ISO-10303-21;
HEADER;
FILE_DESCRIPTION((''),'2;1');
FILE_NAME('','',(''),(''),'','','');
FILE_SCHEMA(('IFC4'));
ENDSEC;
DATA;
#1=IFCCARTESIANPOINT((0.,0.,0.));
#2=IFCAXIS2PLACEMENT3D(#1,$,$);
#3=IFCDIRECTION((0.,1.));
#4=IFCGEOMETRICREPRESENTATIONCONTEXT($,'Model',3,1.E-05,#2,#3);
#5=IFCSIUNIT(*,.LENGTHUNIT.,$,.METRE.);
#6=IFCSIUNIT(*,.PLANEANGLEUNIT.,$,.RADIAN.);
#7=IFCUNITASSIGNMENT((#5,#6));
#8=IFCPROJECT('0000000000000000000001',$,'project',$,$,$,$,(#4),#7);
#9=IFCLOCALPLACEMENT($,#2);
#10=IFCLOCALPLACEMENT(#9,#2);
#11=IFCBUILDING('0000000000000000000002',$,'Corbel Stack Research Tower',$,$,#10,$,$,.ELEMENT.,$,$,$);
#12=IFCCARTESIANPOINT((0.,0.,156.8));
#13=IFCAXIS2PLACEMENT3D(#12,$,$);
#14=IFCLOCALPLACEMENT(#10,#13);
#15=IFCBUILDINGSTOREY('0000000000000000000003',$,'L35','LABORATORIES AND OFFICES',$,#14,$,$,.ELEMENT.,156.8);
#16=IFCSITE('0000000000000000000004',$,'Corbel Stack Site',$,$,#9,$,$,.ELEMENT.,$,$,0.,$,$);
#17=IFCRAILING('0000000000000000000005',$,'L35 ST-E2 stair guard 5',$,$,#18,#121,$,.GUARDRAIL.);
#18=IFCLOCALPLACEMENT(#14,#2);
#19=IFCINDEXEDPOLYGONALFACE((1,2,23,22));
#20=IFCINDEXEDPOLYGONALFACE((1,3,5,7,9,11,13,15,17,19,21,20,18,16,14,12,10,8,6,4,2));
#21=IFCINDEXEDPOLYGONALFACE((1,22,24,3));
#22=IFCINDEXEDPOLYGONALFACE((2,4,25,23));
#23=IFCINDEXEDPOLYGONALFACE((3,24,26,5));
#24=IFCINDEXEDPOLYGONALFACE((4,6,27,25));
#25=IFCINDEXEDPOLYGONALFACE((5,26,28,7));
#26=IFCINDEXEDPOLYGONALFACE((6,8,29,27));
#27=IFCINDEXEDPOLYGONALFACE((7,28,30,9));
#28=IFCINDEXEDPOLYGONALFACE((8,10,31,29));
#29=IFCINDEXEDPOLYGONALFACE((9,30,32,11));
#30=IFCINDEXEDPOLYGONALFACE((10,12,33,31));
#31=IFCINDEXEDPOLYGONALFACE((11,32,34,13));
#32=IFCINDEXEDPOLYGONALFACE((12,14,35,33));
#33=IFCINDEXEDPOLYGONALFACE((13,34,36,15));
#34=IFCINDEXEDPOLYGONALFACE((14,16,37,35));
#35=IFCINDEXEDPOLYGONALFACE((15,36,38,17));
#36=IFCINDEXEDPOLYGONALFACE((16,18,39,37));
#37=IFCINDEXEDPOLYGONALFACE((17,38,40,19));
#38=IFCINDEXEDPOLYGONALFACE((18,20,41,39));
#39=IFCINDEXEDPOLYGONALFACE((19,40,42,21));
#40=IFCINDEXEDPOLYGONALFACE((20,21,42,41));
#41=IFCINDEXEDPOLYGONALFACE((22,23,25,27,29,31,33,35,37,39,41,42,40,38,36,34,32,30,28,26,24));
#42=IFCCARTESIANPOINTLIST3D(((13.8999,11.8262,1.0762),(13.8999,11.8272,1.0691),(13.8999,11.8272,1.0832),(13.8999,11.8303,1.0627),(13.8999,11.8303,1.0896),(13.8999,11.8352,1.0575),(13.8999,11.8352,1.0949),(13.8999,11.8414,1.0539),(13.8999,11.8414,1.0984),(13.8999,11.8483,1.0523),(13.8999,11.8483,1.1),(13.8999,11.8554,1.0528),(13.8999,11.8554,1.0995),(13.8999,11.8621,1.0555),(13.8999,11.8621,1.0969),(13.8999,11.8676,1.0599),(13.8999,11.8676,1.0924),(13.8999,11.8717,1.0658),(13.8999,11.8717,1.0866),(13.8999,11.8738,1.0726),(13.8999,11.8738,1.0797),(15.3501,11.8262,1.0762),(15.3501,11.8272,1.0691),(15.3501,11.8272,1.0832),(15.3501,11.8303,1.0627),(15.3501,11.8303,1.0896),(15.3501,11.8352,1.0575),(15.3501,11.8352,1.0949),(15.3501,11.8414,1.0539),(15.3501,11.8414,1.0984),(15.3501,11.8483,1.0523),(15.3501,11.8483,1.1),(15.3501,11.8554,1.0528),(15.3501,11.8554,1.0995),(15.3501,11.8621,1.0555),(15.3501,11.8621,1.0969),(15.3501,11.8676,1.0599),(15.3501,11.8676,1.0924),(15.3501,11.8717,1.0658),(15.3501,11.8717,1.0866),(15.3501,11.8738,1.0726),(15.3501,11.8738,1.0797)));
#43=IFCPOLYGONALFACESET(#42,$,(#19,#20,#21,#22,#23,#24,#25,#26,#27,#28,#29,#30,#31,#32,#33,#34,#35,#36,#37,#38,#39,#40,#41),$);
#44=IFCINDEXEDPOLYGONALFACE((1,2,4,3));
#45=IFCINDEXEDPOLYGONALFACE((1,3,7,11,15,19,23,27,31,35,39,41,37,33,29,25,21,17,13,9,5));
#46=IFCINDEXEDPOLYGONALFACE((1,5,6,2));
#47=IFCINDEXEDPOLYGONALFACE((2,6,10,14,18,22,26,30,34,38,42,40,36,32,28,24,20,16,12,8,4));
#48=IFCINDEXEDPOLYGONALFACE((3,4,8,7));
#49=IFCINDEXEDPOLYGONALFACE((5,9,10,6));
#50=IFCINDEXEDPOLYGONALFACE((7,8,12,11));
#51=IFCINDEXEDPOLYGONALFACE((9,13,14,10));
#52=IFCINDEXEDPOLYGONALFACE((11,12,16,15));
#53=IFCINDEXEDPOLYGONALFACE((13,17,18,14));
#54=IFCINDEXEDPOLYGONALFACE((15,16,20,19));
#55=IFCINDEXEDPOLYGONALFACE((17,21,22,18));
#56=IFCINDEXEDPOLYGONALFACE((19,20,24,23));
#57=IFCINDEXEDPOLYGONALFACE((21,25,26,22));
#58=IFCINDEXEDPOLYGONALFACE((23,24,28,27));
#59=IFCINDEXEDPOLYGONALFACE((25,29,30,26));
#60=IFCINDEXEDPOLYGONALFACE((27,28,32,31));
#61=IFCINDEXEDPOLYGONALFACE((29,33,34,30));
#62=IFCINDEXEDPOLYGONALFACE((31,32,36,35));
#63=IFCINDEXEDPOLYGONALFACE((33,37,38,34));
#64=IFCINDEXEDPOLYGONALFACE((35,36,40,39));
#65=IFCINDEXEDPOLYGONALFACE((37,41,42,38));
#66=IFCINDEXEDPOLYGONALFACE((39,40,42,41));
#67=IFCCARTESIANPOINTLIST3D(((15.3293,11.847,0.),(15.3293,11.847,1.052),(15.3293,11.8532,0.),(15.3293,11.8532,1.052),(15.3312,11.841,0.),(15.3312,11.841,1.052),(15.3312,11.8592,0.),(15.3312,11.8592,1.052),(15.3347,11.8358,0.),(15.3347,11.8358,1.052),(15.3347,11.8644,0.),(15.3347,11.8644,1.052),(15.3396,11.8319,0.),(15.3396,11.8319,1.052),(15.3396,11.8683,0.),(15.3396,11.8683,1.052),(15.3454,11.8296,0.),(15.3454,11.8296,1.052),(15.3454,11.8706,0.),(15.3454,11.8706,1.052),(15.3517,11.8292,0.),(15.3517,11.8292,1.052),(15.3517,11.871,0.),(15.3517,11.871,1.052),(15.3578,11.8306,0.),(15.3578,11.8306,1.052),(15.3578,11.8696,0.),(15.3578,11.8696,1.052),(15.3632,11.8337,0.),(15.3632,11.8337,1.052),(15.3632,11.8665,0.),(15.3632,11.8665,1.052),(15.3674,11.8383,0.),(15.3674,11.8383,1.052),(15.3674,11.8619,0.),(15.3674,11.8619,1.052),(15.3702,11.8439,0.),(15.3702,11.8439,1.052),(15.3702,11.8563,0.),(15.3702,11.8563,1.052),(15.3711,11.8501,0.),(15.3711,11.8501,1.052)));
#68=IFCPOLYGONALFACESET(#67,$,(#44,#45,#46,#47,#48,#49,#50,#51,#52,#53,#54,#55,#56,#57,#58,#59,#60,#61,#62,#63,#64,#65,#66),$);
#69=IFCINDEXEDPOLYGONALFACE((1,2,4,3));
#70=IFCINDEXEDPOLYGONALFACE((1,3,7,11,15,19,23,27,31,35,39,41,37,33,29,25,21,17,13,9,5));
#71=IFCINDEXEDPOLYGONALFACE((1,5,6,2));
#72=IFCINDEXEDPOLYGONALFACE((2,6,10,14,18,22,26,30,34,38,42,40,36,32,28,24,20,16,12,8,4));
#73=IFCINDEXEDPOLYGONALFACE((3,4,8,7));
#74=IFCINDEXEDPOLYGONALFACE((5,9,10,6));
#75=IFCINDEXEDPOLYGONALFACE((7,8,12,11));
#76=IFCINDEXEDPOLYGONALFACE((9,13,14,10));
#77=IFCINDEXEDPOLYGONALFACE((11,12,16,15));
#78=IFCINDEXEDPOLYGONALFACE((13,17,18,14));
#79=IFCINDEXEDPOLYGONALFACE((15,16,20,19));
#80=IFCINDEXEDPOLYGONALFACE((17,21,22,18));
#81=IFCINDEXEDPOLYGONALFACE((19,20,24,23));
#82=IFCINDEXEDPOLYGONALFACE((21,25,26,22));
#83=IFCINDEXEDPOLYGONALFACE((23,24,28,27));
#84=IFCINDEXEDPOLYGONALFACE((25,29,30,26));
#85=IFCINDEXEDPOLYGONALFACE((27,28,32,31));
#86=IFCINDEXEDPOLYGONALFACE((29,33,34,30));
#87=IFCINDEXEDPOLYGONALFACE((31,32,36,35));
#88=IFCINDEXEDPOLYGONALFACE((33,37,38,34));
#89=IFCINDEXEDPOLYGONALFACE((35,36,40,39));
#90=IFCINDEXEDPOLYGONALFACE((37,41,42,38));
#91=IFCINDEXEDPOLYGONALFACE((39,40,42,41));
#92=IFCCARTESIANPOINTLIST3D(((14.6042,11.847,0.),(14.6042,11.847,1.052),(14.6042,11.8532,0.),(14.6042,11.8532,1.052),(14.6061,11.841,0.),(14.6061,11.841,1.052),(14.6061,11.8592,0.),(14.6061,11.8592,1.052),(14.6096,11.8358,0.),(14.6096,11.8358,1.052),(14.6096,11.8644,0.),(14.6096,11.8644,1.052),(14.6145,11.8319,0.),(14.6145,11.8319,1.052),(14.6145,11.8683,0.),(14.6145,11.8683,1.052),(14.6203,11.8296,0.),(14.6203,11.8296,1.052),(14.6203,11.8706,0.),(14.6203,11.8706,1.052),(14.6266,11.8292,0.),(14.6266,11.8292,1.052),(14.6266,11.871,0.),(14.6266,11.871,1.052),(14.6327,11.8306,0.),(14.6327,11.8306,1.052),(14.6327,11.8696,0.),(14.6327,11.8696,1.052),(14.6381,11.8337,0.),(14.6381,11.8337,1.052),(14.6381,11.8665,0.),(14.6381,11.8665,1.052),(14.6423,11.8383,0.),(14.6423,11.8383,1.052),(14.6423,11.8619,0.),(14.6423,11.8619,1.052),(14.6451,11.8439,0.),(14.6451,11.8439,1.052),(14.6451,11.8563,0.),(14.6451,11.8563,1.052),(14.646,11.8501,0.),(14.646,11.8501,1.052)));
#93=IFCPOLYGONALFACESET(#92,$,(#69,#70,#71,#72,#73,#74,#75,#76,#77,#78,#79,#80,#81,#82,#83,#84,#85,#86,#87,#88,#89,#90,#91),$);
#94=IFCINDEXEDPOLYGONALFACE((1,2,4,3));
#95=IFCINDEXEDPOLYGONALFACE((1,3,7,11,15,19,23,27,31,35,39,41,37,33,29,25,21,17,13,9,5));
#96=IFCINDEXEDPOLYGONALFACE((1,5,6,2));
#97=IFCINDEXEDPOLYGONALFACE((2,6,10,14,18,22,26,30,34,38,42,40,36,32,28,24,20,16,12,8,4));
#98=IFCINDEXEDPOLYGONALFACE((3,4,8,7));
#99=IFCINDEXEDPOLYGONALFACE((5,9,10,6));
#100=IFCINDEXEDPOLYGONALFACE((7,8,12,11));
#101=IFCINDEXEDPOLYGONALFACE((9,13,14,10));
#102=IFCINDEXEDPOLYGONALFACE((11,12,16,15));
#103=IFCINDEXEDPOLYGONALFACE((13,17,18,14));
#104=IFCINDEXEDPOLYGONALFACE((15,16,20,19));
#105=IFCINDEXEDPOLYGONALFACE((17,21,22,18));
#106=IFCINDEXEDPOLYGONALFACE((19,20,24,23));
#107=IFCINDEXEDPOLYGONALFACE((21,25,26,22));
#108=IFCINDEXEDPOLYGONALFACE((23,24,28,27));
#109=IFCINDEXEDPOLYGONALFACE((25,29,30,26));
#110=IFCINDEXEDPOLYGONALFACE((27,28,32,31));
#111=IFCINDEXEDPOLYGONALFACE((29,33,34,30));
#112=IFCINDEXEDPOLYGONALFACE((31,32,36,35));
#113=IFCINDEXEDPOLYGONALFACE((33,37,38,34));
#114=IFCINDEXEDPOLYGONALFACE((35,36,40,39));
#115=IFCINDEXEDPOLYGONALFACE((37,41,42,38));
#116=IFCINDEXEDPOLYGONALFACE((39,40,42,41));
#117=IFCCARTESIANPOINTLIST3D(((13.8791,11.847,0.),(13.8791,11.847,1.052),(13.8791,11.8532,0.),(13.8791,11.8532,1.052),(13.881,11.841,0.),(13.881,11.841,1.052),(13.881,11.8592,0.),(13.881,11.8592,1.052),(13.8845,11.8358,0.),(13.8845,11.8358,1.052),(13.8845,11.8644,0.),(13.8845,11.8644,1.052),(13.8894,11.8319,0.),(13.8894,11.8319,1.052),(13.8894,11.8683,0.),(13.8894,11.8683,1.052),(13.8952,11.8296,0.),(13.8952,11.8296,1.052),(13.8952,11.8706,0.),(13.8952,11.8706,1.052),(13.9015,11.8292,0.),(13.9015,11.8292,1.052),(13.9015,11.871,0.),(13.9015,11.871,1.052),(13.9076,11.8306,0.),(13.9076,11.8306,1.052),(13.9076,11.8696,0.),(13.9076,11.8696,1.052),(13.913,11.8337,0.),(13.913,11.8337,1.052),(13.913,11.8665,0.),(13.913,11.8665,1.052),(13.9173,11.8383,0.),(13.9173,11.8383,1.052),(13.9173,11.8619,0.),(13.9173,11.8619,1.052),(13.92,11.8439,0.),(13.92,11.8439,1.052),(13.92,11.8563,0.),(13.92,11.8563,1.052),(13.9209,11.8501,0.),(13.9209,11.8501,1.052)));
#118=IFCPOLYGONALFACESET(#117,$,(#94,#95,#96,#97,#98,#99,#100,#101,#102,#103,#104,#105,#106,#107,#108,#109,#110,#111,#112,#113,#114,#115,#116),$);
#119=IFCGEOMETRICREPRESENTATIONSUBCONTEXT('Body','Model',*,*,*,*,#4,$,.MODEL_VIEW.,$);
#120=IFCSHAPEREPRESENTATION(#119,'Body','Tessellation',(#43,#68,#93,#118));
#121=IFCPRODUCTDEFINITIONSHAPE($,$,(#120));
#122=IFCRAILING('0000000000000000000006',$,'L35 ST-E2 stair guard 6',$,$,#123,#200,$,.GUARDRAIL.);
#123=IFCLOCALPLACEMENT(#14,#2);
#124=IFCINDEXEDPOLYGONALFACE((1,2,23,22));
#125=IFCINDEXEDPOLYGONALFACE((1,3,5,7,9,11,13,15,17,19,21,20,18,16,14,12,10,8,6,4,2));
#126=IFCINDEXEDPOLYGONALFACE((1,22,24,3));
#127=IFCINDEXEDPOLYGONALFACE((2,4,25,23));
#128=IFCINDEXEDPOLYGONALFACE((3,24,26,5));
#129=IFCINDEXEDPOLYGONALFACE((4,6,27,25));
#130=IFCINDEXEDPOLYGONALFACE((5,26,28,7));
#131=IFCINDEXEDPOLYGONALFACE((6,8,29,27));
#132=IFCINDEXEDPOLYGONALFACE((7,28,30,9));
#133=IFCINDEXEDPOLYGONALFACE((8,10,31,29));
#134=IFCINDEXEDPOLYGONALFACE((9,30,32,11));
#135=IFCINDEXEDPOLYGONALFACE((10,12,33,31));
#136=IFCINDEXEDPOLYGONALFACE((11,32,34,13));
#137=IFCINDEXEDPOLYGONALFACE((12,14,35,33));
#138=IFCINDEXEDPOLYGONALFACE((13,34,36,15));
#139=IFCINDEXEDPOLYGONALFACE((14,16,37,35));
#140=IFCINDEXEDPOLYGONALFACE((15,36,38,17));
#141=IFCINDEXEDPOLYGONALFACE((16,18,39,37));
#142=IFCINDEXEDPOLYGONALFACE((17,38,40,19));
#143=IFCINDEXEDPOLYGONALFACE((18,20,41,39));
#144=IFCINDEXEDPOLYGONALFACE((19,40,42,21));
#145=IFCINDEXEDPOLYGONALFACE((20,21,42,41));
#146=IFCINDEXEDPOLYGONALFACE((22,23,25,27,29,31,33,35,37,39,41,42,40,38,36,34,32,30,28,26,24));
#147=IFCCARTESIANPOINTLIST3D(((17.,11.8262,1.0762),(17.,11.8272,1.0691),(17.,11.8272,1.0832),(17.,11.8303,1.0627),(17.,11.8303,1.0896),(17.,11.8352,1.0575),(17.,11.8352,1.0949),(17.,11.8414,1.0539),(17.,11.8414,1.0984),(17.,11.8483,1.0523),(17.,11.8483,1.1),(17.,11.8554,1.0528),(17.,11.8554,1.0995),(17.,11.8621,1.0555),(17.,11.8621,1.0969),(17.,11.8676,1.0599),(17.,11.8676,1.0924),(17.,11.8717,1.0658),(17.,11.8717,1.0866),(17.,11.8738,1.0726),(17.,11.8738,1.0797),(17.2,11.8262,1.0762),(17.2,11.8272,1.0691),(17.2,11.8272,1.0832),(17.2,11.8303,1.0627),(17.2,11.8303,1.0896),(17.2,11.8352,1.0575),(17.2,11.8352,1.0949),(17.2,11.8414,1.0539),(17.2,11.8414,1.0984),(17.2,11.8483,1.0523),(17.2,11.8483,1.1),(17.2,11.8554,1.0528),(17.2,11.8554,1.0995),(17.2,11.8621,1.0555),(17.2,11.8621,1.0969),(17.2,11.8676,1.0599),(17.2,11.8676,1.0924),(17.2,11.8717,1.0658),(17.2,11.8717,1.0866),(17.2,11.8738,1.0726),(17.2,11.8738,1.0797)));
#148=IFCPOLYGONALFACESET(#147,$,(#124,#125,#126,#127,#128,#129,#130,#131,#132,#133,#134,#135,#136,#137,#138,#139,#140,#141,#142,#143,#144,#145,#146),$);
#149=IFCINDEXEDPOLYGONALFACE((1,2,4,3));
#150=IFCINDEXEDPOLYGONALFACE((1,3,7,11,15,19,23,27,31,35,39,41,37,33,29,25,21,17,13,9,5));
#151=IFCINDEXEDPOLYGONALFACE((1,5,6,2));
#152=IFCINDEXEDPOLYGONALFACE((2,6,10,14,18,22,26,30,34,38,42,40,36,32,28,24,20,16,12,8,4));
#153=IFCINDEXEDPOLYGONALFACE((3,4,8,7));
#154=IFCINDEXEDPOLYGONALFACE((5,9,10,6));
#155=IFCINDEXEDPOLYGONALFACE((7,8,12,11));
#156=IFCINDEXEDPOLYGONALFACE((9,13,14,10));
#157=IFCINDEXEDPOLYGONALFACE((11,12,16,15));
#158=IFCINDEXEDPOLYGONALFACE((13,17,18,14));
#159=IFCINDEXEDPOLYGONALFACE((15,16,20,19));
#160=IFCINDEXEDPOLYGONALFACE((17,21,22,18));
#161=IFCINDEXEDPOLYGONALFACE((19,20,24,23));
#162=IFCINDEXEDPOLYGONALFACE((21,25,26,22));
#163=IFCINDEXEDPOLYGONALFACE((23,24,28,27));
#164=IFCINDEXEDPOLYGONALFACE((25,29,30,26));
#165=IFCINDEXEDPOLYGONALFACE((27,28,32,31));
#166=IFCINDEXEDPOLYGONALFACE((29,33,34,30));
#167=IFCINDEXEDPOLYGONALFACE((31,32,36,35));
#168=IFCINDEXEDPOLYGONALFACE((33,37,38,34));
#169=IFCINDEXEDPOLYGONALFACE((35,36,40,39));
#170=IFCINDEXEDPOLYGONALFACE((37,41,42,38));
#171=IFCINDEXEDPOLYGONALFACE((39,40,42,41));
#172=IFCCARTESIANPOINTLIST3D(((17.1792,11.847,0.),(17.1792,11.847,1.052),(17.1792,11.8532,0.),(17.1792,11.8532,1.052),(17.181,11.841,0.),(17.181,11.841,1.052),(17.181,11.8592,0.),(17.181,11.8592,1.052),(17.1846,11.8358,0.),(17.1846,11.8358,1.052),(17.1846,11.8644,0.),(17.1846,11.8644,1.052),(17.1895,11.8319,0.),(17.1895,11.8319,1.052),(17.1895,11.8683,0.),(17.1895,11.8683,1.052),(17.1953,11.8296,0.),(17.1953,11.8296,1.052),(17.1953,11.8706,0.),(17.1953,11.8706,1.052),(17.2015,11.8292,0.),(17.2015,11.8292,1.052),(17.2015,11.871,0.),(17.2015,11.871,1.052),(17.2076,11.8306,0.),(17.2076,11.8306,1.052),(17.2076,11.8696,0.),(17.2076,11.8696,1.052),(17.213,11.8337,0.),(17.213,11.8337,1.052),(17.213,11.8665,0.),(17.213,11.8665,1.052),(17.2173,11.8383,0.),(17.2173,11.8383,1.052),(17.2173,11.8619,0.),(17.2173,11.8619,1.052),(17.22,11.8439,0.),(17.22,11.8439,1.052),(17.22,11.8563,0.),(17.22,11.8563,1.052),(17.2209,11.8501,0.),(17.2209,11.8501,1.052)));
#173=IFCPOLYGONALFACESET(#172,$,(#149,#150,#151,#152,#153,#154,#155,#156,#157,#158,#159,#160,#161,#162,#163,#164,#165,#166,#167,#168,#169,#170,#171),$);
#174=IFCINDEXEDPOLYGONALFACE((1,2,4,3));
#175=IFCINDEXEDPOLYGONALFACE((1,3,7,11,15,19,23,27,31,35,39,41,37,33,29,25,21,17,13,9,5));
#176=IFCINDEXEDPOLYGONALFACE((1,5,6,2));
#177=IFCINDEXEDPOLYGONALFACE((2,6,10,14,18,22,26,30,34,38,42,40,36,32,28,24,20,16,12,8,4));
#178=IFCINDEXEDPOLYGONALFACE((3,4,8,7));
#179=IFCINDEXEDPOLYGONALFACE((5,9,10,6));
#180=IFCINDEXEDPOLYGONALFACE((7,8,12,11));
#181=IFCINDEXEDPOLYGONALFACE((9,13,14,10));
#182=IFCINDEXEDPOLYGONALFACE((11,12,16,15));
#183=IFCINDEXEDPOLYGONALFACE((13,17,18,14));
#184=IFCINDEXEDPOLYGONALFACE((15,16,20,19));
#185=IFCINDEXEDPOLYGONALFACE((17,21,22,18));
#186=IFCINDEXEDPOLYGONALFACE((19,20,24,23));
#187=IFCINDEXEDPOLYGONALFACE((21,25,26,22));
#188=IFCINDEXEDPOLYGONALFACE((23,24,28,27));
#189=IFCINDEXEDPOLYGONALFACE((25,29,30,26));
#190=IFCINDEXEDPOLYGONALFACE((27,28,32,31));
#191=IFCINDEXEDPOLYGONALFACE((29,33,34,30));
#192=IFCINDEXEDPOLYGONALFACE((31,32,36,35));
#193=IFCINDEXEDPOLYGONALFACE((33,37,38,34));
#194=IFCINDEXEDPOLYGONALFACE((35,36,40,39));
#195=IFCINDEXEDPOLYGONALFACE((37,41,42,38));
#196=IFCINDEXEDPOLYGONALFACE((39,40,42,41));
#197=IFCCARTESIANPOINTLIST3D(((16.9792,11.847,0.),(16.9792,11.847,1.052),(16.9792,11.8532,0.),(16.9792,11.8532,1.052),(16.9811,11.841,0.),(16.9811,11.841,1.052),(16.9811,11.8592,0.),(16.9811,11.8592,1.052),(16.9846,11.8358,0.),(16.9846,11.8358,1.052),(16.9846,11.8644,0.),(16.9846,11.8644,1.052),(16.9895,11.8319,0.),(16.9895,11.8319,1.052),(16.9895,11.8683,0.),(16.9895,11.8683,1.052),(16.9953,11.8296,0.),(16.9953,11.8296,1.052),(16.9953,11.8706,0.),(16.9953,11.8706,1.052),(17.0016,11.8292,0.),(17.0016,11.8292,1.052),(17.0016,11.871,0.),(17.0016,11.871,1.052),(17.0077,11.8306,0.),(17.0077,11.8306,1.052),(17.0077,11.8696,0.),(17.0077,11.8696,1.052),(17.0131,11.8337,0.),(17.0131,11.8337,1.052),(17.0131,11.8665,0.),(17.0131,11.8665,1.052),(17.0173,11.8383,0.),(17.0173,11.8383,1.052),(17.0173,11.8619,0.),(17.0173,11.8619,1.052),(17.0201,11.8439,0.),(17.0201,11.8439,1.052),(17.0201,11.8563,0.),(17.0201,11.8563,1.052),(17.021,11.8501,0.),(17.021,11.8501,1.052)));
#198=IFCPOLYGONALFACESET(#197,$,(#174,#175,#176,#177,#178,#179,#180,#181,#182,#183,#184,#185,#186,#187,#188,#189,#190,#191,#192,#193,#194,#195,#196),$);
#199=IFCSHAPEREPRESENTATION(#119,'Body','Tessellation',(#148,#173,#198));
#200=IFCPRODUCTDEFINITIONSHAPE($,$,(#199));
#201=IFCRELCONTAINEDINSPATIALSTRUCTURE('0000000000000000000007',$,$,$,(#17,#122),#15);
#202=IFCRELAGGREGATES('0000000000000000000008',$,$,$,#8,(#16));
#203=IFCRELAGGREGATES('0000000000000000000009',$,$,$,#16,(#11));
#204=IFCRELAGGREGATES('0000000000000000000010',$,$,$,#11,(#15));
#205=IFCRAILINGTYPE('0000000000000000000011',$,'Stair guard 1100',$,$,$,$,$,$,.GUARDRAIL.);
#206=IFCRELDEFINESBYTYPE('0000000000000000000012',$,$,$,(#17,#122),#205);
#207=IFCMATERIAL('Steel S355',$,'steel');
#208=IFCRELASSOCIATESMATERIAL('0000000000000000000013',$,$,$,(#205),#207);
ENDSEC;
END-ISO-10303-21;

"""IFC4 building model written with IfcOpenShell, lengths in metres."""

from ifc_helpers import new_model, si_unit, direction, frame, origin, origin_2d, place, context, subcontext, project, spatial, circle, extrude, material, type_object, element, save


model = new_model("IFC4")

# Units and contexts
model_context = context("Model", 3, precision=1e-05, world=origin(), true_north=direction((0.0, 1.0)))
body_context = subcontext(model_context, "Body", "Model", "MODEL_VIEW")
ifc_project = project(units=[si_unit("LENGTHUNIT", "METRE"), si_unit("PLANEANGLEUNIT", "RADIAN")], contexts=[model_context])

# Site, building, storey
site_placement = place(None, origin())
site = spatial("IfcSite", under=ifc_project, at=site_placement, Name="Corbel Stack Site", CompositionType="ELEMENT", RefElevation=0.0)
building_placement = place(site_placement, origin())
building = spatial("IfcBuilding", under=site, at=building_placement, Name="Corbel Stack Research Tower", CompositionType="ELEMENT")
storey_placement = place(building_placement, frame((0.0, 0.0, 156.8)))
storey = spatial("IfcBuildingStorey", under=building, at=storey_placement, Name="L35", Description="LABORATORIES AND OFFICES", CompositionType="ELEMENT", Elevation=156.8)

# Railings
ifc_material_1 = material(Name="Steel S355", Category="steel")
railing_type_1 = type_object("IfcRailingType", Name="Stair guard 1100", PredefinedType="GUARDRAIL", material=ifc_material_1)
railing_1_placement = place(storey_placement, frame((15.3501, 11.8501, 0.0)))
element("IfcRailing", 1, at=railing_1_placement, inside=storey, type_object=railing_type_1, Name="L35 ST-E2 stair guard 5", PredefinedType="GUARDRAIL", context=body_context, shape_type="SweptSolid", body=[
    extrude(circle(Radius=0.0239, at=origin_2d()), frame((0.0, 0.0, 1.0762), z_axis=(-1.0, 0.0, 0.0), x_axis=(0.0, -1.0, 0.0)), (0.0, 0.0, 1.0), 1.4502),
    extrude(circle(Radius=0.021, at=origin_2d()), origin(), (0.0, 0.0, 1.0), 1.052),
    extrude(circle(Radius=0.021, at=origin_2d()), frame((-0.7251, 0.0, 0.0)), (0.0, 0.0, 1.0), 1.052),
    extrude(circle(Radius=0.021, at=origin_2d()), frame((-1.4502, 0.0, 0.0)), (0.0, 0.0, 1.0), 1.052),
])
railing_2_placement = place(storey_placement, frame((17.2, 11.8501, 0.0)))
element("IfcRailing", 2, at=railing_2_placement, inside=storey, type_object=railing_type_1, Name="L35 ST-E2 stair guard 6", PredefinedType="GUARDRAIL", context=body_context, shape_type="SweptSolid", body=[
    extrude(circle(Radius=0.0239, at=origin_2d()), frame((0.0, 0.0, 1.0762), z_axis=(-1.0, 0.0, 0.0), x_axis=(0.0, -1.0, 0.0)), (0.0, 0.0, 1.0), 0.2),
    extrude(circle(Radius=0.021, at=origin_2d()), origin(), (0.0, 0.0, 1.0), 1.052),
    extrude(circle(Radius=0.021, at=origin_2d()), frame((-0.2, 0.0, 0.0)), (0.0, 0.0, 1.0), 1.052),
])

save(model, "model.ifc")
